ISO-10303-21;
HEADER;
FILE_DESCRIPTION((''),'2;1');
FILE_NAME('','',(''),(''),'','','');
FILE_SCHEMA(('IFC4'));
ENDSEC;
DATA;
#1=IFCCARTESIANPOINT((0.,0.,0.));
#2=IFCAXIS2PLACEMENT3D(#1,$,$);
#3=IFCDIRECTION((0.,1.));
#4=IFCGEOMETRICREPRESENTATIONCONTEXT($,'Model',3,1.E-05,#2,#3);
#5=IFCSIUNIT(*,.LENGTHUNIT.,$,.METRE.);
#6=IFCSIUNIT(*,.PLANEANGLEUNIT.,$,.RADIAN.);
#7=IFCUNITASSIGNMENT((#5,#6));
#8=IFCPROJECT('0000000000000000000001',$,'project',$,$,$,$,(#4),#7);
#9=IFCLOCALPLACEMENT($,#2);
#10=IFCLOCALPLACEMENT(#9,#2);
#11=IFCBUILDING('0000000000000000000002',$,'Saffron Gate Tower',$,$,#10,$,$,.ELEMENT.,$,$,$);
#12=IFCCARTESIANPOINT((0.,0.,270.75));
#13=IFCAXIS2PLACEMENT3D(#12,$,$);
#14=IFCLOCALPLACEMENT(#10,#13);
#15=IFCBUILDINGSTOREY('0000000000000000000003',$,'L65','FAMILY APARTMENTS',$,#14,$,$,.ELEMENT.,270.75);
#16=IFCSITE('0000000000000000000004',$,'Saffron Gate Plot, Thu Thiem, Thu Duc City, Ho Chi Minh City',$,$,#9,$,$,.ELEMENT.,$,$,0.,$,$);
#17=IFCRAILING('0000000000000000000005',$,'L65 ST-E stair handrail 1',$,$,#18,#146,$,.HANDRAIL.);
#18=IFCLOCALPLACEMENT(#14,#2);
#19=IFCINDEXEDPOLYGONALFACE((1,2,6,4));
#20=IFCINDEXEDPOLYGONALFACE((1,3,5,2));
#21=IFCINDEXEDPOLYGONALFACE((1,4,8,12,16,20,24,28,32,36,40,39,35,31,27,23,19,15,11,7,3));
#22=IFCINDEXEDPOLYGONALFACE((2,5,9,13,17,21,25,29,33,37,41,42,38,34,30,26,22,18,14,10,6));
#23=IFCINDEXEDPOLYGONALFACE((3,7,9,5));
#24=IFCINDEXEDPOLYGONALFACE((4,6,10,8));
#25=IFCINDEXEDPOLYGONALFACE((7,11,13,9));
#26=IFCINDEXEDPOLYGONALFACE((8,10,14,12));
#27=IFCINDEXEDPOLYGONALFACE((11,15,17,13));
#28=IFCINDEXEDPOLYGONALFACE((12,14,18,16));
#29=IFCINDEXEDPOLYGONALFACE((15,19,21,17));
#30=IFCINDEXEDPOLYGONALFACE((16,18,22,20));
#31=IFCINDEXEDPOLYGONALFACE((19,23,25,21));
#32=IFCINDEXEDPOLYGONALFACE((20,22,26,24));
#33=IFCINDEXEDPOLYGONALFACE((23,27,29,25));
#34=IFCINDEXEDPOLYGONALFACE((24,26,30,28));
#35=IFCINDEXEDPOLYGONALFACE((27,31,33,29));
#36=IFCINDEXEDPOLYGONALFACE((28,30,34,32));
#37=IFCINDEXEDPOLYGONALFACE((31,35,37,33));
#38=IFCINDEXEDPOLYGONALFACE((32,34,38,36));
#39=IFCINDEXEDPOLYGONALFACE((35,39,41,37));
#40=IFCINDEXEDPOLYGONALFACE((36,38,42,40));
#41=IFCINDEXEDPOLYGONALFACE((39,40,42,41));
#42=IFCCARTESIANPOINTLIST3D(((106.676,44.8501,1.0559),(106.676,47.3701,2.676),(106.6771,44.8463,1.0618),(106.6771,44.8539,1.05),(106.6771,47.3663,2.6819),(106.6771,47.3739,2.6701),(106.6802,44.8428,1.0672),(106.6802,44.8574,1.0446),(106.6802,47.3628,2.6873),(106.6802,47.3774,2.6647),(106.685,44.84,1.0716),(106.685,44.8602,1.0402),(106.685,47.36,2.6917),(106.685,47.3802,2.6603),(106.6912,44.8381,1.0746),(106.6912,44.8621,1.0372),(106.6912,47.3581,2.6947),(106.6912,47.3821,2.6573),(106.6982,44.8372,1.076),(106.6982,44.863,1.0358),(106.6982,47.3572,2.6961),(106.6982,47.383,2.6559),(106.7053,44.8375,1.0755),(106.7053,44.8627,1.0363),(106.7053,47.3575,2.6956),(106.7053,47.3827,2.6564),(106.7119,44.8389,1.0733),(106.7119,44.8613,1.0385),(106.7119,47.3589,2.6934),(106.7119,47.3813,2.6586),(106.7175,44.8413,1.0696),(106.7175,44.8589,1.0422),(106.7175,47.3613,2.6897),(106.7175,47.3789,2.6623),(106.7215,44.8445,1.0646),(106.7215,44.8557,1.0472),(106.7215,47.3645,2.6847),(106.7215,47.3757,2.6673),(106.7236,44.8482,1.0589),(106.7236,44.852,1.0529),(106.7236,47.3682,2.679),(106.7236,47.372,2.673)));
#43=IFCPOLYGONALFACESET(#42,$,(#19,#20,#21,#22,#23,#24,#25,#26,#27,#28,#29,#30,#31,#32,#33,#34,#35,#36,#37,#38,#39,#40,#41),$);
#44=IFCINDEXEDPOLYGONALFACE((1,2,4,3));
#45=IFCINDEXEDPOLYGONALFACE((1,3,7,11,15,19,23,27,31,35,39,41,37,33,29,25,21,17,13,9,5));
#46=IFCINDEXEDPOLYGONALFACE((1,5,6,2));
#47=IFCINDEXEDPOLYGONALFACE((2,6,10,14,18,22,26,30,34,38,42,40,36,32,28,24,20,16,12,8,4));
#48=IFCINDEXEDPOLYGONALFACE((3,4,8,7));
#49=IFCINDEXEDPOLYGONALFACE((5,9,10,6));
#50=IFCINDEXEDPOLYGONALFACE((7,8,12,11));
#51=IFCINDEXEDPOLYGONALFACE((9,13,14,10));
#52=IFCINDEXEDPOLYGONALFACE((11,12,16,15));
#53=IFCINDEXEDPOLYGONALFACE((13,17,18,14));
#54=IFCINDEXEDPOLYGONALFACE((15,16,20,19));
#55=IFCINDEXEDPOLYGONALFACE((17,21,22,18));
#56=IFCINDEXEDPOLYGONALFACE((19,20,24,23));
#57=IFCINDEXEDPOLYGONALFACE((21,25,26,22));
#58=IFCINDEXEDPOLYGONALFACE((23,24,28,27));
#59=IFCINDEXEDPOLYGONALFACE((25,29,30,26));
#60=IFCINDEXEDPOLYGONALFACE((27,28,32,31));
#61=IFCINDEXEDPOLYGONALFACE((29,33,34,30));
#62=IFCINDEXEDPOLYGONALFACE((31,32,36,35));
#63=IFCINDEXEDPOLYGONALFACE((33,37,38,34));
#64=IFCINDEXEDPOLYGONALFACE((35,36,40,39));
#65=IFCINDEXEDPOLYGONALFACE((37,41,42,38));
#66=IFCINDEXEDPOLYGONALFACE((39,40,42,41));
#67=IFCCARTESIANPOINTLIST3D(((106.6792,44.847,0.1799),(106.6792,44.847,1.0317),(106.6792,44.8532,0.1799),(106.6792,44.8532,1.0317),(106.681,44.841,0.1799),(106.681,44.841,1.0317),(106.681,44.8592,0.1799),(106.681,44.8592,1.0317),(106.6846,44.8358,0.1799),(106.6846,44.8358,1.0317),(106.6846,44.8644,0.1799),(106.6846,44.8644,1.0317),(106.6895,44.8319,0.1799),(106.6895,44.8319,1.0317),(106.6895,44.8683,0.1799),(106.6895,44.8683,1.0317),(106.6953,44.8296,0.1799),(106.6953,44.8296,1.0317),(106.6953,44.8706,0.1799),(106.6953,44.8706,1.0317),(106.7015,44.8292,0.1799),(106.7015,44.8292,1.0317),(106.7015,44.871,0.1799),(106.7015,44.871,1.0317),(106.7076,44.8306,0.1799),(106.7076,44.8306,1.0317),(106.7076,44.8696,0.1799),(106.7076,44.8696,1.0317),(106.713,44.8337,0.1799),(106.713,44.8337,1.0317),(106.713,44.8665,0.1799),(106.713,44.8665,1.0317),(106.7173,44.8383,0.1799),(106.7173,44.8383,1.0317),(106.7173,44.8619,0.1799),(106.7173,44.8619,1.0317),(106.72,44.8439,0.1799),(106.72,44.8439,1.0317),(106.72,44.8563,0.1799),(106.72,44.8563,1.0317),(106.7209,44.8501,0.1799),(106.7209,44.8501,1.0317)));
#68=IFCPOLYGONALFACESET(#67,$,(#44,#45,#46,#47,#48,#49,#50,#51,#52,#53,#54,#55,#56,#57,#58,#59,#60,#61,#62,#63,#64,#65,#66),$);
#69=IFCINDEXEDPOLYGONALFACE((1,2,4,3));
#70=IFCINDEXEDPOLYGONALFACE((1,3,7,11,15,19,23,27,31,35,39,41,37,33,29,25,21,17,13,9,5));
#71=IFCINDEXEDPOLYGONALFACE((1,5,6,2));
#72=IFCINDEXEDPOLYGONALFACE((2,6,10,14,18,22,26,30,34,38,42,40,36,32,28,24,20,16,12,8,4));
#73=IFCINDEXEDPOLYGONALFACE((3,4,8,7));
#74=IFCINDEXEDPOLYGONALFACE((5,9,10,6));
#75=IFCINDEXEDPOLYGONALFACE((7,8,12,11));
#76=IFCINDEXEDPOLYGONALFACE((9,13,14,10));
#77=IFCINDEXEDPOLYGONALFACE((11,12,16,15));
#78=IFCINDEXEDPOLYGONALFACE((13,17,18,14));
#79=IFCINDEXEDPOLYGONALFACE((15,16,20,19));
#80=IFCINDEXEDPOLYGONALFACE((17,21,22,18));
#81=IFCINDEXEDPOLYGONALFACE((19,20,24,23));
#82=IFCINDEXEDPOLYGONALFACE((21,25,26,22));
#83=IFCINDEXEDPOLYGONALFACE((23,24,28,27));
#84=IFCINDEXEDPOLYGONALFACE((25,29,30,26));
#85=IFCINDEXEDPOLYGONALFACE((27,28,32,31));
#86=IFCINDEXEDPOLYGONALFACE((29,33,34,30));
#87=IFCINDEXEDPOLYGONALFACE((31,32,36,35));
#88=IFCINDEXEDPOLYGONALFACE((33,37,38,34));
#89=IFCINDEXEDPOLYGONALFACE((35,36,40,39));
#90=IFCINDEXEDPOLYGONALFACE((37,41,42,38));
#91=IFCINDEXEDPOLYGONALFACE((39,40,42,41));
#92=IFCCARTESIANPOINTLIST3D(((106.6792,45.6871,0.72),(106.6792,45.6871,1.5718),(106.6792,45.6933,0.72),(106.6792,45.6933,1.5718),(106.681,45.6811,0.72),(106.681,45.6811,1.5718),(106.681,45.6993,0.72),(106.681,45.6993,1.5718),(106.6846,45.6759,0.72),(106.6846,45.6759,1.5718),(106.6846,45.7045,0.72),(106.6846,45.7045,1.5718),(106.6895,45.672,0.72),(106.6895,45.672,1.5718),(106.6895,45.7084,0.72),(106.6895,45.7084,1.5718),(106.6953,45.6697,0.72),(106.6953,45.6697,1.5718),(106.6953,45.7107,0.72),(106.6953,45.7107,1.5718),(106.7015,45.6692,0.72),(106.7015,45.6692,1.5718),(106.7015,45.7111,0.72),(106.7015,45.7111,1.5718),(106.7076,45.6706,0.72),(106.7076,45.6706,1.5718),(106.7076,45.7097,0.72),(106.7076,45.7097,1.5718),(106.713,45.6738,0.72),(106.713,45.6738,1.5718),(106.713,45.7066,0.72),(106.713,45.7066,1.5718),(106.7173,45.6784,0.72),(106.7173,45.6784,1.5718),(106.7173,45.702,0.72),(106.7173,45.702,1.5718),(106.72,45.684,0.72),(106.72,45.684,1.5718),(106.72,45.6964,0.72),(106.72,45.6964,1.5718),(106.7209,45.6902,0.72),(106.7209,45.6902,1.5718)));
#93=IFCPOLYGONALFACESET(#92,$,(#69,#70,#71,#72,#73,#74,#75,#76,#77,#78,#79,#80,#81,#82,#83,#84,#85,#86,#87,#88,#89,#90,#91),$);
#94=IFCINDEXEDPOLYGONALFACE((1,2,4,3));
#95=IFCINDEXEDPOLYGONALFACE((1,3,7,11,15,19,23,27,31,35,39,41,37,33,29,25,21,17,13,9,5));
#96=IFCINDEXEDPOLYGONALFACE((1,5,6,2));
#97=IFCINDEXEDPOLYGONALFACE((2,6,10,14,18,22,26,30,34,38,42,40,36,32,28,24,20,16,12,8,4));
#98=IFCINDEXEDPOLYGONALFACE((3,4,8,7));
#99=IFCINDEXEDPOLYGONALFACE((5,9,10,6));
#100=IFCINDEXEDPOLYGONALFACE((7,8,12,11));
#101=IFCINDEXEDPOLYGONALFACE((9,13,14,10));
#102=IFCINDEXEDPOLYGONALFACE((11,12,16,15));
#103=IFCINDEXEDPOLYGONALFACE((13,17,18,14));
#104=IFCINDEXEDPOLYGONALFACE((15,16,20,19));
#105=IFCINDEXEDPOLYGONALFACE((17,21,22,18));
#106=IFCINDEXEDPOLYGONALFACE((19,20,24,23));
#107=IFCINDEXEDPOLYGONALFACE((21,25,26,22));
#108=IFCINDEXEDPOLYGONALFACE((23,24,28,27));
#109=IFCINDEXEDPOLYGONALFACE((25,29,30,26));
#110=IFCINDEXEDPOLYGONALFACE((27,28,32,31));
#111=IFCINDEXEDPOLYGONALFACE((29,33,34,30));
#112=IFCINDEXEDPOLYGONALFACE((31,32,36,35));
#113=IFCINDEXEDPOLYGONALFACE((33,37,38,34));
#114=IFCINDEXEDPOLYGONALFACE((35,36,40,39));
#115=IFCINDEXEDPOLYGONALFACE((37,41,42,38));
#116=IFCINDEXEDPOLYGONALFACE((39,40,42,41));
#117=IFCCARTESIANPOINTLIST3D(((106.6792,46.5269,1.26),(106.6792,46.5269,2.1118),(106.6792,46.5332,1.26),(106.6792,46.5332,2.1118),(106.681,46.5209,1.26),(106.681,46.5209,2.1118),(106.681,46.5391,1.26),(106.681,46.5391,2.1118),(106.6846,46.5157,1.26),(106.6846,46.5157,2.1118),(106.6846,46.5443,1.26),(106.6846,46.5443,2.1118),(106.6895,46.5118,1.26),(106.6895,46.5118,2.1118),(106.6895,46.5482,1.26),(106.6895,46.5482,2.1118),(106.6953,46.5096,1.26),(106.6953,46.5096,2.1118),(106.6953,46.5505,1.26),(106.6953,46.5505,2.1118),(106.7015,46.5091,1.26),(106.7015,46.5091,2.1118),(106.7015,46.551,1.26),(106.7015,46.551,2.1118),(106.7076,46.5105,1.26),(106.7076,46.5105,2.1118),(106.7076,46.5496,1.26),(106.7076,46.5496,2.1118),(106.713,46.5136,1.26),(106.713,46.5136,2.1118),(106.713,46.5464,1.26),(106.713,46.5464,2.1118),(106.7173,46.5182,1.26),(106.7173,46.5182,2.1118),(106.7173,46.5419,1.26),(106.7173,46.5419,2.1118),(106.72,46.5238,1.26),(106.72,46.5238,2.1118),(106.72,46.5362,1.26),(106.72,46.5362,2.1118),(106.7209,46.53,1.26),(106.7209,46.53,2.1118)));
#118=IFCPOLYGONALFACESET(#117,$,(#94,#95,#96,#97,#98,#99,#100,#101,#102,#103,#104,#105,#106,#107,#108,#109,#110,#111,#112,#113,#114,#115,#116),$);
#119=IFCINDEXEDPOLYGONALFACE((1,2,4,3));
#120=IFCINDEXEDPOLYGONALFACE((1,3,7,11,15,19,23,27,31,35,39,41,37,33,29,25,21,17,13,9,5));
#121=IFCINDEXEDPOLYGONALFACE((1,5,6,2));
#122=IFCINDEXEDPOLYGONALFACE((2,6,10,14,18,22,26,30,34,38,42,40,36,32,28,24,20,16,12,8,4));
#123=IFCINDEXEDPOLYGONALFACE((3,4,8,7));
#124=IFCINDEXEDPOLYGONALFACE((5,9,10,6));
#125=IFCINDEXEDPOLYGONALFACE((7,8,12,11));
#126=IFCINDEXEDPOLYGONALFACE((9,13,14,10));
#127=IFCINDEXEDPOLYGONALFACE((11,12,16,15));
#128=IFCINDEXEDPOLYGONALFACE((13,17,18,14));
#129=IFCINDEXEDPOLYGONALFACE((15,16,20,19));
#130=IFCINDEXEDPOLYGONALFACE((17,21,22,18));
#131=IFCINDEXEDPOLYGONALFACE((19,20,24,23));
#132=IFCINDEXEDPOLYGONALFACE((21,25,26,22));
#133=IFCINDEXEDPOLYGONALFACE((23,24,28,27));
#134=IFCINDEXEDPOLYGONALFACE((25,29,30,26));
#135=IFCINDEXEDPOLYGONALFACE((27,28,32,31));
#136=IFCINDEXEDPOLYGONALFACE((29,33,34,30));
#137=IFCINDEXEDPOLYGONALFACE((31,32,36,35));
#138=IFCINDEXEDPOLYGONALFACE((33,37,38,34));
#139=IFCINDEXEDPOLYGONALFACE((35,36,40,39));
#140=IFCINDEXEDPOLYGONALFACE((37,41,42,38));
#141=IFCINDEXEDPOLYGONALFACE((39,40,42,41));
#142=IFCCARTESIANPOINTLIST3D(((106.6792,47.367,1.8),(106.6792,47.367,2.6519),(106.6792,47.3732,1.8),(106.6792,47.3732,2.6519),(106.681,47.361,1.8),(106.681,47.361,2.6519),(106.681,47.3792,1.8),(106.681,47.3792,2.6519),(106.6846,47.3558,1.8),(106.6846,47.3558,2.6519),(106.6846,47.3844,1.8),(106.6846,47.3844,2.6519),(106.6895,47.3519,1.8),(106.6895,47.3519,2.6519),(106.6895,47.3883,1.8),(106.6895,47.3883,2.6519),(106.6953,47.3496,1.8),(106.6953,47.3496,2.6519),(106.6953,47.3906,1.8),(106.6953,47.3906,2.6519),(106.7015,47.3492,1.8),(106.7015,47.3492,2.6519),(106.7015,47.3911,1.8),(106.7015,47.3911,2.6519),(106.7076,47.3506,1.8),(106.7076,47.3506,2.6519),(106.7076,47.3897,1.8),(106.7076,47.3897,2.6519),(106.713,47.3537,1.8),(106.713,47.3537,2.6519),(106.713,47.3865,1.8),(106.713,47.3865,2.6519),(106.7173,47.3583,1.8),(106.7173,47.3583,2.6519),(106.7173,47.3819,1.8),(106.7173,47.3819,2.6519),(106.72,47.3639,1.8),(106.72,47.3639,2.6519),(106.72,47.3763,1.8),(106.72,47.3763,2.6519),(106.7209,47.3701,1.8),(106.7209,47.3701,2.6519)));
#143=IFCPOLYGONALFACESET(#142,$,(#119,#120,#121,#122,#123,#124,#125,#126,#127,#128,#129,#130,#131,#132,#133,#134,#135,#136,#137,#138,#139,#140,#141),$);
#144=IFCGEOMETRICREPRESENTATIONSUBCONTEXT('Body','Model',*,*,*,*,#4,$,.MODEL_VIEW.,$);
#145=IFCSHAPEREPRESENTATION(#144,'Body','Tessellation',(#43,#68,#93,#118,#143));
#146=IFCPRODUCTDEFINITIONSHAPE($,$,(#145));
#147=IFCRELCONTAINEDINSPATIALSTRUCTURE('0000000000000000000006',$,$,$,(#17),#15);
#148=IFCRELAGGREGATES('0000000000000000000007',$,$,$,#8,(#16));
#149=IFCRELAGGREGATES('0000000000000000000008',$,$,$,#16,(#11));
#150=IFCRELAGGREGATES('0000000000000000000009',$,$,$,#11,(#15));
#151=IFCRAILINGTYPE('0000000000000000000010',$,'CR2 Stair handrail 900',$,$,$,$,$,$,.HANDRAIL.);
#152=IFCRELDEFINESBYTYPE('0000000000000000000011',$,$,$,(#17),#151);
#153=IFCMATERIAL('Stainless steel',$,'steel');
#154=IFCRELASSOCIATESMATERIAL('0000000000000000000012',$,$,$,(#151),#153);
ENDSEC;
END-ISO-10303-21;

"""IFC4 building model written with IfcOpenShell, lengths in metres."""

from ifc_helpers import new_model, si_unit, direction, frame, origin, origin_2d, place, context, subcontext, project, spatial, circle, extrude, material, type_object, element, save


model = new_model("IFC4")

# Units and contexts
model_context = context("Model", 3, precision=1e-05, world=origin(), true_north=direction((0.0, 1.0)))
body_context = subcontext(model_context, "Body", "Model", "MODEL_VIEW")
ifc_project = project(units=[si_unit("LENGTHUNIT", "METRE"), si_unit("PLANEANGLEUNIT", "RADIAN")], contexts=[model_context])

# Site, building, storey
site_placement = place(None, origin())
site = spatial("IfcSite", under=ifc_project, at=site_placement, Name="Saffron Gate Plot, Thu Thiem, Thu Duc City, Ho Chi Minh City", CompositionType="ELEMENT", RefElevation=0.0)
building_placement = place(site_placement, origin())
building = spatial("IfcBuilding", under=site, at=building_placement, Name="Saffron Gate Tower", CompositionType="ELEMENT")
storey_placement = place(building_placement, frame((0.0, 0.0, 270.75)))
storey = spatial("IfcBuildingStorey", under=building, at=storey_placement, Name="L65", Description="FAMILY APARTMENTS", CompositionType="ELEMENT", Elevation=270.75)

# Railing
ifc_material_1 = material(Name="Stainless steel", Category="steel")
railing_type_1 = type_object("IfcRailingType", Name="CR2 Stair handrail 900", PredefinedType="HANDRAIL", material=ifc_material_1)
railing_1_placement = place(storey_placement, frame((106.7, 44.8501, 0.1799)))
element("IfcRailing", 1, at=railing_1_placement, inside=storey, type_object=railing_type_1, Name="L65 ST-E stair handrail 1", PredefinedType="HANDRAIL", context=body_context, shape_type="SweptSolid", body=[
    extrude(circle(Radius=0.0239, at=origin_2d()), frame((0.0, 0.0, 0.876), z_axis=(0.0, 0.841163, 0.540782), x_axis=(-1.0, 0.0, 0.0)), (0.0, 0.0, 1.0), 2.9958),
    extrude(circle(Radius=0.021, at=origin_2d()), origin(), (0.0, 0.0, 1.0), 0.8518),
    extrude(circle(Radius=0.021, at=origin_2d()), frame((0.0, 0.8401, 0.54)), (0.0, 0.0, 1.0), 0.8518),
    extrude(circle(Radius=0.021, at=origin_2d()), frame((0.0, 1.6799, 1.0801)), (0.0, 0.0, 1.0), 0.8518),
    extrude(circle(Radius=0.021, at=origin_2d()), frame((0.0, 2.52, 1.6201)), (0.0, 0.0, 1.0), 0.8518),
])

save(model, "model.ifc")
